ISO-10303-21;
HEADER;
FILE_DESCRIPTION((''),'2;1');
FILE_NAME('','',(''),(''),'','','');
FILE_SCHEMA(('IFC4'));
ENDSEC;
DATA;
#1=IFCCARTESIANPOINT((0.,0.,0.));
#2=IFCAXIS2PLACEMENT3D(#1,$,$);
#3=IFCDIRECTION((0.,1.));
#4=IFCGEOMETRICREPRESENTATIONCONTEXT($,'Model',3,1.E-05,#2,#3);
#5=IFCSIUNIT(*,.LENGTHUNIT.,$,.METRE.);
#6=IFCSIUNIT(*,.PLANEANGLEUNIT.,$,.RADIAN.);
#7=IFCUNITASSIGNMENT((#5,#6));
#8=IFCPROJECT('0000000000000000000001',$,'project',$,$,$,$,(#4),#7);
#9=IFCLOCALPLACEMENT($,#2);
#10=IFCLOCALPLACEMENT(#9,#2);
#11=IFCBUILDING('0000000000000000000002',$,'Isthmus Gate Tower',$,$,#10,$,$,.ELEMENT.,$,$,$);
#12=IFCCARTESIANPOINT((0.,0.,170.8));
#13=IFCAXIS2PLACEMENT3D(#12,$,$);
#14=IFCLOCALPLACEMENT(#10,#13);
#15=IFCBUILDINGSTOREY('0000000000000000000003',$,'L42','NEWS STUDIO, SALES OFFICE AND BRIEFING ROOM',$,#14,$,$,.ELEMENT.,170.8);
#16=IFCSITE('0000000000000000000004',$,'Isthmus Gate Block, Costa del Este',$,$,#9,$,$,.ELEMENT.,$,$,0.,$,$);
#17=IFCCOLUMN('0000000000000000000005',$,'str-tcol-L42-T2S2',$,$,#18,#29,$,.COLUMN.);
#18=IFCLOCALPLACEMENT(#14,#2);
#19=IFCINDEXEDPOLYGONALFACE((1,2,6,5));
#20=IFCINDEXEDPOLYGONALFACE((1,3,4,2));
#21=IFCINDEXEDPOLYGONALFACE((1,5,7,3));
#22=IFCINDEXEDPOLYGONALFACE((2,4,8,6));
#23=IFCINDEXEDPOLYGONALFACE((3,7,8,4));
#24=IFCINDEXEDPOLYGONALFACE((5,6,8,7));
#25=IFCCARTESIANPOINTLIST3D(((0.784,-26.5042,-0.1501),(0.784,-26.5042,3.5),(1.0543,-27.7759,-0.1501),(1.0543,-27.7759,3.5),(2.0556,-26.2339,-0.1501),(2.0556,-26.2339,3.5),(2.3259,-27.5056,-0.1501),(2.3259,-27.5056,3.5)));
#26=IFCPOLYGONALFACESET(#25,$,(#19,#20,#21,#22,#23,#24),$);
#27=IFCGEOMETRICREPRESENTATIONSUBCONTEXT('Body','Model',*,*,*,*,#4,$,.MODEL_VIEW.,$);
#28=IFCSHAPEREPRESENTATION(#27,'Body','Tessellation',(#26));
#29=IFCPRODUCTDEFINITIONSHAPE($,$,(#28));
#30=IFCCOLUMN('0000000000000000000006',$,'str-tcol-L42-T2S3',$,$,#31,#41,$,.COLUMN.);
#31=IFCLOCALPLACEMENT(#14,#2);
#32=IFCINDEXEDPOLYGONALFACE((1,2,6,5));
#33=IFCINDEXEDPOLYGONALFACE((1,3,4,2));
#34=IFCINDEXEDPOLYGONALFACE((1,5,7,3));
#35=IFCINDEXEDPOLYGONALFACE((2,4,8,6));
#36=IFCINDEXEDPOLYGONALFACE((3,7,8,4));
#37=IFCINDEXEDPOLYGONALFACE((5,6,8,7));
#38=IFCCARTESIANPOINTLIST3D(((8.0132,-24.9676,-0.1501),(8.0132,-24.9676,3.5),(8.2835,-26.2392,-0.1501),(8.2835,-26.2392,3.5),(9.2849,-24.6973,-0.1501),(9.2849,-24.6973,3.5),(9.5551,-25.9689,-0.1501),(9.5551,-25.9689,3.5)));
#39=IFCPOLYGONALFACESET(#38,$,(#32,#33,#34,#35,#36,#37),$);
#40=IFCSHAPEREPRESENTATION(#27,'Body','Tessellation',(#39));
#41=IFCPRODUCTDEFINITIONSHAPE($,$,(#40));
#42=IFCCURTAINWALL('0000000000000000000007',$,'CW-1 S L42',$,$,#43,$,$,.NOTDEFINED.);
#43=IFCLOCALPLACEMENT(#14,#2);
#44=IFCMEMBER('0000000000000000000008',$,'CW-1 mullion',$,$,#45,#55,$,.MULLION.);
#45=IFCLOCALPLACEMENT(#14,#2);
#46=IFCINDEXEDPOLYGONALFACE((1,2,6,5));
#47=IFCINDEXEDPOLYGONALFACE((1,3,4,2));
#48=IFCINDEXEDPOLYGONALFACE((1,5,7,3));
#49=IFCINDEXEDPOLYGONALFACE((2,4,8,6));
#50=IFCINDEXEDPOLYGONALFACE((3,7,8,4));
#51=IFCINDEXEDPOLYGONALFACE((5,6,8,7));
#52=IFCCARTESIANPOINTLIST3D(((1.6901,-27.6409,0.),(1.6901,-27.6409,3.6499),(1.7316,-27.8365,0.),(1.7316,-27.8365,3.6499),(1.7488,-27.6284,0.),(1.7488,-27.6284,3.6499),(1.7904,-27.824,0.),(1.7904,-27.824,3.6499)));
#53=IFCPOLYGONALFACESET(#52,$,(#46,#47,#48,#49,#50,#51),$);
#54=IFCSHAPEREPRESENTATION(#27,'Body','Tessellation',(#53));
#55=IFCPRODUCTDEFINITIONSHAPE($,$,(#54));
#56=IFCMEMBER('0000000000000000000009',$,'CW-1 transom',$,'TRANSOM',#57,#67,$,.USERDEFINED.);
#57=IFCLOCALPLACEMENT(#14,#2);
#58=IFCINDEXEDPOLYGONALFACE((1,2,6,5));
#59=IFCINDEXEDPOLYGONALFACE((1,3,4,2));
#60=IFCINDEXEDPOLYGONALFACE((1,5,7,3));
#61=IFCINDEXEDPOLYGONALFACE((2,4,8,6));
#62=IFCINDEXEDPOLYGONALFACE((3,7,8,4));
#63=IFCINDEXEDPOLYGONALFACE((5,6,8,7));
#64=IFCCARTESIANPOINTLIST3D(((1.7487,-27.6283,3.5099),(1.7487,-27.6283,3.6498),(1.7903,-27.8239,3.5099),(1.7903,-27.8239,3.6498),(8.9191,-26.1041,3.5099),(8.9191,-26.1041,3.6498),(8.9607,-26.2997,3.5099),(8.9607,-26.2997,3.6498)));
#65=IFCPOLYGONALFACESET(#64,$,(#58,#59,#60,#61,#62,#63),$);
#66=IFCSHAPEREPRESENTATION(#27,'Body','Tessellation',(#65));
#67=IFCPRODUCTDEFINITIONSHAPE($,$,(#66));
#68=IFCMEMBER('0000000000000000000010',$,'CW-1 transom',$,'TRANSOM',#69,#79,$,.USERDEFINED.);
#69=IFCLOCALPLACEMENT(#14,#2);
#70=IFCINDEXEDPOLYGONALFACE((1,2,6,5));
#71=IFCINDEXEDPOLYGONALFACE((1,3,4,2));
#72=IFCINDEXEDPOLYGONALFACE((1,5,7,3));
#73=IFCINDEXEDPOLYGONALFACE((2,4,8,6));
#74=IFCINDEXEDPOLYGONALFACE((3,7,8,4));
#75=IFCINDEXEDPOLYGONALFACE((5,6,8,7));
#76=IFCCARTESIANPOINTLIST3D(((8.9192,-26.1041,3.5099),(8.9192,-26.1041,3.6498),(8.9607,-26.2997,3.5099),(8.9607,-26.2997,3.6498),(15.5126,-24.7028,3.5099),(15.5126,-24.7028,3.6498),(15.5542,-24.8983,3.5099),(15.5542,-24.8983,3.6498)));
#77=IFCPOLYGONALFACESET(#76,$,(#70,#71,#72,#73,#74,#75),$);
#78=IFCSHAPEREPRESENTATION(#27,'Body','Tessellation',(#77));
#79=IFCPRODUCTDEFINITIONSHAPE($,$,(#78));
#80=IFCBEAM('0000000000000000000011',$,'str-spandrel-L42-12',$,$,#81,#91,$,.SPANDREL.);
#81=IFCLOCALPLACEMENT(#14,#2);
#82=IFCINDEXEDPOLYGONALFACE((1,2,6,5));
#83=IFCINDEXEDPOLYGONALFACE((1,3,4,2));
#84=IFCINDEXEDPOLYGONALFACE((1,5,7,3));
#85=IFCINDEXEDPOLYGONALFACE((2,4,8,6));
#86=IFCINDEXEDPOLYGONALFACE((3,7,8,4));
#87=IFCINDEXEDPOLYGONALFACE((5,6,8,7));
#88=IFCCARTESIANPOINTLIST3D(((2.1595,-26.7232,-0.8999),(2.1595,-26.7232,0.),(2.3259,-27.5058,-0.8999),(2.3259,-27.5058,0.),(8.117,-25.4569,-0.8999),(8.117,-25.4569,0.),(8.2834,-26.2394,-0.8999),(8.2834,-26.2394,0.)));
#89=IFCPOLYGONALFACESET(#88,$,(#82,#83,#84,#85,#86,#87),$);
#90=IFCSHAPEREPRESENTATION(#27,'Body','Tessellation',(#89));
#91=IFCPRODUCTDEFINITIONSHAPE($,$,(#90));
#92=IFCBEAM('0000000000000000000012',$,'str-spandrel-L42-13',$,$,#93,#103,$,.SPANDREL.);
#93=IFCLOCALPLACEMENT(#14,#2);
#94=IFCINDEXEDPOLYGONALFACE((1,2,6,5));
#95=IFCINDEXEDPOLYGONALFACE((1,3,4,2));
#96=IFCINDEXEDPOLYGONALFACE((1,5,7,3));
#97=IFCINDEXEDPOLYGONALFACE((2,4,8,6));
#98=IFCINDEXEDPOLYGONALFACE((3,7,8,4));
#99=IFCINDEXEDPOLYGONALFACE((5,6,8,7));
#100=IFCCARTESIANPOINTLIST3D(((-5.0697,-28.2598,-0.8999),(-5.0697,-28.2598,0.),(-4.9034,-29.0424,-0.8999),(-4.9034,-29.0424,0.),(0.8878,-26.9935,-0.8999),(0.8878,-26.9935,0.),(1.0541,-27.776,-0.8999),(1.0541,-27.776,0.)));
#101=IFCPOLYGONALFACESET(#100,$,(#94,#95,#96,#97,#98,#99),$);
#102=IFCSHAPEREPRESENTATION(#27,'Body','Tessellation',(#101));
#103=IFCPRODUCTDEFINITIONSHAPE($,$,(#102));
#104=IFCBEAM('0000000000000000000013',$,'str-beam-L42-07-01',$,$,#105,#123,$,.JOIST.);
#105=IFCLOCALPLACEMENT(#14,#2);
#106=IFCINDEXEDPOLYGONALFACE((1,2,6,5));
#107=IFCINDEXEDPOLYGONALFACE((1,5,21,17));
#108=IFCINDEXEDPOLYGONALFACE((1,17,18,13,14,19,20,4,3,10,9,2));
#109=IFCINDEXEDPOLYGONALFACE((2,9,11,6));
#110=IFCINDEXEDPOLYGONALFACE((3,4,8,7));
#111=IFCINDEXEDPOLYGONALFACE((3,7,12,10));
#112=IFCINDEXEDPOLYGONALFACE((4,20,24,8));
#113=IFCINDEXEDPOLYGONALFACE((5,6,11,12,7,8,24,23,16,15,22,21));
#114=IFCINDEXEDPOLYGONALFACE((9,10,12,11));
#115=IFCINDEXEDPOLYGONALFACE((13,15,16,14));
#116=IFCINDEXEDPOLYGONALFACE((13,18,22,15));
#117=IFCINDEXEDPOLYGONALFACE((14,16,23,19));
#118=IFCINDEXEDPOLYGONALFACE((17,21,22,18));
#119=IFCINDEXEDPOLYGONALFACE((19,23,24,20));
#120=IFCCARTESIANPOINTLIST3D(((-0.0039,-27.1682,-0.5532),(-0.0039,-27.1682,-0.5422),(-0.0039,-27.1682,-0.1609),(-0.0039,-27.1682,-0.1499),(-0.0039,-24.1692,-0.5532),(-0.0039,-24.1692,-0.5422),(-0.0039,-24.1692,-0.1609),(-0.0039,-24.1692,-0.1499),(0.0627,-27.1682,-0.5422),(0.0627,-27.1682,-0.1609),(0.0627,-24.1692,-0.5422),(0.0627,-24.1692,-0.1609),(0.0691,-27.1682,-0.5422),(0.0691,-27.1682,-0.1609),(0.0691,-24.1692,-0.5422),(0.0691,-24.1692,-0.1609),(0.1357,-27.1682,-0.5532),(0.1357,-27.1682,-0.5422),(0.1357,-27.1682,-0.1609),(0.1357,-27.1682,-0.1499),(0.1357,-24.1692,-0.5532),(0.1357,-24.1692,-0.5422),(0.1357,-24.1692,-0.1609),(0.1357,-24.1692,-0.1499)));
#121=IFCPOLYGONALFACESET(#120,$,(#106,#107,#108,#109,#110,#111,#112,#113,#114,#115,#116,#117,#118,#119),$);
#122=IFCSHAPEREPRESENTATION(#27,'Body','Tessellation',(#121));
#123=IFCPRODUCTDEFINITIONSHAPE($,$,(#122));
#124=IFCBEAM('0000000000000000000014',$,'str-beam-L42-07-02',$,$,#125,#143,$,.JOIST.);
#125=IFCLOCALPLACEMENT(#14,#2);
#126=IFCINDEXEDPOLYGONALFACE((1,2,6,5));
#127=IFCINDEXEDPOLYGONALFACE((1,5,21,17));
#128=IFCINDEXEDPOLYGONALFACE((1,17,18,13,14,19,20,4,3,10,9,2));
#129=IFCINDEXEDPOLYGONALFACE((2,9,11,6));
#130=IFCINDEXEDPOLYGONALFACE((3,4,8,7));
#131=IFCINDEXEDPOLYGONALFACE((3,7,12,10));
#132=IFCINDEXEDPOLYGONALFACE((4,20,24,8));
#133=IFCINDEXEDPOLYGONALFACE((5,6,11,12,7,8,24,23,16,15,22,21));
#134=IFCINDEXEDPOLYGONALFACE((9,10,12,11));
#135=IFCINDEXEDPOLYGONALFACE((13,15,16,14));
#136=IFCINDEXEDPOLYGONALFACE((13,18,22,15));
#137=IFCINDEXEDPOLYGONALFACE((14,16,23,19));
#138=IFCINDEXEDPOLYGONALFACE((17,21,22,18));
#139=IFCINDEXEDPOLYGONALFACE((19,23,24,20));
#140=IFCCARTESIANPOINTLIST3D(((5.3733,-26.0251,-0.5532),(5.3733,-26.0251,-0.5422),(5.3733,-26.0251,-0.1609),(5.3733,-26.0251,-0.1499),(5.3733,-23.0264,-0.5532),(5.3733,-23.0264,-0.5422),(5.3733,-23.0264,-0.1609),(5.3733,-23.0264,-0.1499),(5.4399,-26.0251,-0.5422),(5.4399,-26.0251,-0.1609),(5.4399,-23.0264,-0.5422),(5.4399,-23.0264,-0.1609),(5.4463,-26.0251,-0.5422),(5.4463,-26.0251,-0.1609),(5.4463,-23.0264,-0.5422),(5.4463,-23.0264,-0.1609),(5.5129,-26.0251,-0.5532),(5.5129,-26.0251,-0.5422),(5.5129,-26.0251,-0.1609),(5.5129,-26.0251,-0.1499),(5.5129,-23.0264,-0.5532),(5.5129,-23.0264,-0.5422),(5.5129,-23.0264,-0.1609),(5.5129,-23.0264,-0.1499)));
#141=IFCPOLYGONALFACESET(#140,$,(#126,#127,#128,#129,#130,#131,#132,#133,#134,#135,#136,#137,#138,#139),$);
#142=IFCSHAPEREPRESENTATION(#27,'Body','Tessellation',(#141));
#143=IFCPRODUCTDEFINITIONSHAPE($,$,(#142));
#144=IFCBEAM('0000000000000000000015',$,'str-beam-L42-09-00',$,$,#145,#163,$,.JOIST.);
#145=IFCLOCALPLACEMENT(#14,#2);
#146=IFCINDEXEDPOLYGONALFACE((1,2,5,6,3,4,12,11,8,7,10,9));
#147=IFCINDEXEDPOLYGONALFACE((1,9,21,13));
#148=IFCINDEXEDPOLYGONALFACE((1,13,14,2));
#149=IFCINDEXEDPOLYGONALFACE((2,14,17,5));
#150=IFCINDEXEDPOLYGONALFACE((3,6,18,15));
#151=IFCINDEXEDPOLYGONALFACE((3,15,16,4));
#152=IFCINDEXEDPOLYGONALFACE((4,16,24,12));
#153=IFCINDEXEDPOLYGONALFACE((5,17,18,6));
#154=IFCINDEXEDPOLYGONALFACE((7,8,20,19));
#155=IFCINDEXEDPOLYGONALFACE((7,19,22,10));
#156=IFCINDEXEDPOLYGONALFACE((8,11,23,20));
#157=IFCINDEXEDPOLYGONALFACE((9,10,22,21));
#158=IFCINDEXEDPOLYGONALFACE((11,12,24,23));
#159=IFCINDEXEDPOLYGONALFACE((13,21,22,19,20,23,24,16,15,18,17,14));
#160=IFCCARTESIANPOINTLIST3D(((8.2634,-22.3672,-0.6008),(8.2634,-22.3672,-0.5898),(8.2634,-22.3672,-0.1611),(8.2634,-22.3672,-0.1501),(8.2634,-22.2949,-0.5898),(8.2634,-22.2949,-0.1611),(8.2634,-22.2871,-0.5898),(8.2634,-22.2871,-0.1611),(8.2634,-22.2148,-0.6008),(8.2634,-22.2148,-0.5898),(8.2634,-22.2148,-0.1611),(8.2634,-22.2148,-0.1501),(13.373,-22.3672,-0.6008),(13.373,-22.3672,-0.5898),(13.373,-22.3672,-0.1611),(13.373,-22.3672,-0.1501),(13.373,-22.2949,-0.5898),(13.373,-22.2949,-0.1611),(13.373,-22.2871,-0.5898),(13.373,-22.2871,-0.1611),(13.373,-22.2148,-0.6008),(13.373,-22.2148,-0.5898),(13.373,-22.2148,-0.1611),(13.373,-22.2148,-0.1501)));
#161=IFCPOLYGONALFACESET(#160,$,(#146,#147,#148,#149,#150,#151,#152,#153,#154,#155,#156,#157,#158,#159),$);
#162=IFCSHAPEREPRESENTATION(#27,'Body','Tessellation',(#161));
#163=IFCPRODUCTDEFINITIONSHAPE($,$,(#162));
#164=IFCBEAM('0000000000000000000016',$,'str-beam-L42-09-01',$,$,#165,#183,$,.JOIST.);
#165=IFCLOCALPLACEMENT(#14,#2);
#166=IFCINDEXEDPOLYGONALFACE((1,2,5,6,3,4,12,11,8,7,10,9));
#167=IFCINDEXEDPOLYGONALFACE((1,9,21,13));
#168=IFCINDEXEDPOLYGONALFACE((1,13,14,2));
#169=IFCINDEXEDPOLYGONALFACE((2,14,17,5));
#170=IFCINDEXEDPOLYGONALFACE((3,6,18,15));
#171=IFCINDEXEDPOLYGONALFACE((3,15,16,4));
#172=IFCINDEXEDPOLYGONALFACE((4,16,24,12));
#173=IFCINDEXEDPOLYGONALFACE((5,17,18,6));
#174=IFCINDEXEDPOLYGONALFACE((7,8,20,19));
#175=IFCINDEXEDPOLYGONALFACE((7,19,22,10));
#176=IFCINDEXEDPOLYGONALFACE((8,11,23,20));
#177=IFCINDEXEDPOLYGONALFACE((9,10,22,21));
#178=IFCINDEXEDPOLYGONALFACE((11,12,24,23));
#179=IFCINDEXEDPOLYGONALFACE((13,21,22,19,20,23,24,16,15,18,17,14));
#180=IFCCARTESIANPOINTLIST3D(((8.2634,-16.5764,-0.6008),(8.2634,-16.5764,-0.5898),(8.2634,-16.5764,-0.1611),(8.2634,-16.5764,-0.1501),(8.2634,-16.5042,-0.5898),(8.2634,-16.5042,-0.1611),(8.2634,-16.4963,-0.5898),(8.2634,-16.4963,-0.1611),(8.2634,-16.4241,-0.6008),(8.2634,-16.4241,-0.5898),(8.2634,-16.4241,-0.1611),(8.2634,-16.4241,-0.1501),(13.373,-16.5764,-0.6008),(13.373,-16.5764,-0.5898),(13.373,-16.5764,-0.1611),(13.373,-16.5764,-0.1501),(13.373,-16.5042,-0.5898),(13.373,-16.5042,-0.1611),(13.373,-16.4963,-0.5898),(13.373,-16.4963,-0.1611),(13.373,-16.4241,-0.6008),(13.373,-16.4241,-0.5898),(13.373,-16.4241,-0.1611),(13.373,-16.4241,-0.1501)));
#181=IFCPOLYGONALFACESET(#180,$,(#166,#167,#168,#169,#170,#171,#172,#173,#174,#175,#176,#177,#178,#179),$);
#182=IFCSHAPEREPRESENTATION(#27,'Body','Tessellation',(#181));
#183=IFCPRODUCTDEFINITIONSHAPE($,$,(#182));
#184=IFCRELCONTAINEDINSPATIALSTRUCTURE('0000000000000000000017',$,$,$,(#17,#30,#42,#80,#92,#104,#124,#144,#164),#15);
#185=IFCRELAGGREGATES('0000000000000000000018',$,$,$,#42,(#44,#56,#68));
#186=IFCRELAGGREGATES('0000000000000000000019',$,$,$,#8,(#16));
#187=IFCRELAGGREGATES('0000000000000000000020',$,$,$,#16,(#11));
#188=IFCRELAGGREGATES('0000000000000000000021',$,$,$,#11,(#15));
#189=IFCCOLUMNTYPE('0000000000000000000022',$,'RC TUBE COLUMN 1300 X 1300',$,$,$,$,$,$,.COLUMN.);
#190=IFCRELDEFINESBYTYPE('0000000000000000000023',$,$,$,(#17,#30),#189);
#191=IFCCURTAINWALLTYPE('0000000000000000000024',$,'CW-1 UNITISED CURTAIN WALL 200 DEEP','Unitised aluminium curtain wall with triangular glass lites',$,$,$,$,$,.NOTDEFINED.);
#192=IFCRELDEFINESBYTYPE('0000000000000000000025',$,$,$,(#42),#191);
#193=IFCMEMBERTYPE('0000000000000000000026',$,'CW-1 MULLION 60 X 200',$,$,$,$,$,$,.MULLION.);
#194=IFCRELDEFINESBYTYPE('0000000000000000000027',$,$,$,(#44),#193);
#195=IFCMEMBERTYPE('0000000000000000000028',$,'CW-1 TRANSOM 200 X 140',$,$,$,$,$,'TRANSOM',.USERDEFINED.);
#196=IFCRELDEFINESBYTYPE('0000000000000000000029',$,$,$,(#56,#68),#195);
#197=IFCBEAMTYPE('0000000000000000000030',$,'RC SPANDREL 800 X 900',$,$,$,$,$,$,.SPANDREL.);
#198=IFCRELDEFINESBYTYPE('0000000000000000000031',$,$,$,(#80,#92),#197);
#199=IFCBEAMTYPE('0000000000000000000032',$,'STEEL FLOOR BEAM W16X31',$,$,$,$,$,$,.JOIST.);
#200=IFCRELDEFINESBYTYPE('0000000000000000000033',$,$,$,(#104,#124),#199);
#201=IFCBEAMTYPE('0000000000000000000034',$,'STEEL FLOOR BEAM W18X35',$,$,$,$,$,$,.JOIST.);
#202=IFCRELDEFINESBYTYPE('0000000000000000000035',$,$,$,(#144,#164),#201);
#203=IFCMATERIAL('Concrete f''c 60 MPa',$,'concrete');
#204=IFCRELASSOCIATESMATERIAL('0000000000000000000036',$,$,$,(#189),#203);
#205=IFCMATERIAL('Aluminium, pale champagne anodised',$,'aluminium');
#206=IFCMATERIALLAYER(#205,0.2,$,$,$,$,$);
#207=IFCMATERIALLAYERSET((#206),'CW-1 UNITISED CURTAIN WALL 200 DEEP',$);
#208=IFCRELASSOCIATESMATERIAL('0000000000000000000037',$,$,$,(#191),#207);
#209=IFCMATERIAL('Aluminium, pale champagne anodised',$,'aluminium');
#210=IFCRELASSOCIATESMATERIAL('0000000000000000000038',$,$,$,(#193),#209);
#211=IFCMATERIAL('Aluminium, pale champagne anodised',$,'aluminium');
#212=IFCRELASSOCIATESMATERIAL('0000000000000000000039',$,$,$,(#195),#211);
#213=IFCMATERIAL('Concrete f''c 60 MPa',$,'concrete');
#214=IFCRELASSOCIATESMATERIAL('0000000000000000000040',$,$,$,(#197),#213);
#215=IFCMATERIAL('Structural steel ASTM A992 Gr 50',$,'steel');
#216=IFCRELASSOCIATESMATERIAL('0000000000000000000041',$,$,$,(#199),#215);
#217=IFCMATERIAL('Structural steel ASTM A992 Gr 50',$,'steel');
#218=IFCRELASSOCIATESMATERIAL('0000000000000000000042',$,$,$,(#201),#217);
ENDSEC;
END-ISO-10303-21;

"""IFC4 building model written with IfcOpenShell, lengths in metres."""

from ifc_helpers import new_model, si_unit, direction, frame, origin, origin_2d, place, context, subcontext, project, spatial, rectangle, i_section, extrude, material, layer, layer_set, material_profile, profile_set, type_object, element, aggregate, save


model = new_model("IFC4")

# Units and contexts
model_context = context("Model", 3, precision=1e-05, world=origin(), true_north=direction((0.0, 1.0)))
body_context = subcontext(model_context, "Body", "Model", "MODEL_VIEW")
ifc_project = project(units=[si_unit("LENGTHUNIT", "METRE"), si_unit("PLANEANGLEUNIT", "RADIAN")], contexts=[model_context])

# Site, building, storey
site_placement = place(None, origin())
site = spatial("IfcSite", under=ifc_project, at=site_placement, Name="Isthmus Gate Block, Costa del Este", CompositionType="ELEMENT", RefElevation=0.0)
building_placement = place(site_placement, origin())
building = spatial("IfcBuilding", under=site, at=building_placement, Name="Isthmus Gate Tower", CompositionType="ELEMENT")
storey_placement = place(building_placement, frame((0.0, 0.0, 170.8)))
storey = spatial("IfcBuildingStorey", under=building, at=storey_placement, Name="L42", Description="NEWS STUDIO, SALES OFFICE AND BRIEFING ROOM", CompositionType="ELEMENT", Elevation=170.8)

# Columns
ifc_material_1 = material(Name="Concrete f'c 60 MPa", Category="concrete")
ifc_material_profile_1 = material_profile(ifc_material_1, rectangle(XDim=1.3, YDim=1.3, at=origin_2d()), Name="RC 1300X1300")
ifc_profile_set_1 = profile_set([ifc_material_profile_1], Name="Concrete f'c 60 MPa")
column_type = type_object("IfcColumnType", Name="RC TUBE COLUMN 1300 X 1300", PredefinedType="COLUMN", material=ifc_profile_set_1)
for number, where, z_axis, x_axis, name in (
    (1, (1.5549, -27.0049, -0.1501), (0.0, 0.0, 1.0), (0.978148, 0.207912, 0.0), "str-tcol-L42-T2S2"),
    (2, (8.7842, -25.4683, -0.1501), (0.0, 0.0, 1.0), (0.978148, 0.207912, 0.0), "str-tcol-L42-T2S3"),
):
    element("IfcColumn", number, at=place(storey_placement, frame(where, z_axis=z_axis, x_axis=x_axis)), inside=storey, type_object=column_type, Name=name, PredefinedType="COLUMN", context=body_context, shape_type="SweptSolid", body=[
        extrude(rectangle(XDim=1.3, YDim=1.3, at=origin_2d()), origin(), (0.0, 0.0, 1.0), 3.6501),
    ])

# Curtain wall, members
ifc_material_2 = material(Name="Aluminium, pale champagne anodised", Category="aluminium")
ifc_layer_1 = layer(ifc_material_2, 0.2)
ifc_layer_set_1 = layer_set([ifc_layer_1], Name="CW-1 UNITISED CURTAIN WALL 200 DEEP")
curtain_wall_type = type_object("IfcCurtainWallType", Name="CW-1 UNITISED CURTAIN WALL 200 DEEP", Description="Unitised aluminium curtain wall with triangular glass lites", PredefinedType="NOTDEFINED", material=ifc_layer_set_1)
curtain_wall_placement = place(storey_placement, origin())
curtain_wall = element("IfcCurtainWall", 3, at=curtain_wall_placement, inside=storey, type_object=curtain_wall_type, Name="CW-1 S L42", PredefinedType="NOTDEFINED")
ifc_material_3 = material(Name="Aluminium, pale champagne anodised", Category="aluminium")
ifc_material_profile_2 = material_profile(ifc_material_3, rectangle(XDim=0.0601, YDim=0.2, at=origin_2d()), Name="60x200")
ifc_profile_set_2 = profile_set([ifc_material_profile_2], Name="Aluminium, pale champagne anodised")
member_type_1 = type_object("IfcMemberType", Name="CW-1 MULLION 60 X 200", PredefinedType="MULLION", material=ifc_profile_set_2)
member_1_placement = place(storey_placement, frame((1.7402, -27.7324, 0.0), z_axis=(0.0, 0.0, 1.0), x_axis=(0.978148, 0.207912, 0.0)))
member_1 = element("IfcMember", 4, at=member_1_placement, type_object=member_type_1, Name="CW-1 mullion", PredefinedType="MULLION", context=body_context, shape_type="SweptSolid", body=[
    extrude(rectangle(XDim=0.0601, YDim=0.2, at=origin_2d()), origin(), (0.0, 0.0, 1.0), 3.6499),
])
ifc_material_4 = material(Name="Aluminium, pale champagne anodised", Category="aluminium")
ifc_material_profile_3 = material_profile(ifc_material_4, rectangle(XDim=0.2, YDim=0.1399, at=origin_2d()), Name="200x140")
ifc_profile_set_3 = profile_set([ifc_material_profile_3], Name="Aluminium, pale champagne anodised")
member_type_2 = type_object("IfcMemberType", Name="CW-1 TRANSOM 200 X 140", ElementType="TRANSOM", PredefinedType="USERDEFINED", material=ifc_profile_set_3)
member_2_placement = place(storey_placement, frame((1.7695, -27.7261, 3.5798), z_axis=(0.978146, 0.207919, 0.0), x_axis=(-0.207919, 0.978146, 0.0)))
member_2 = element("IfcMember", 5, at=member_2_placement, type_object=member_type_2, Name="CW-1 transom", ObjectType="TRANSOM", PredefinedType="USERDEFINED", context=body_context, shape_type="SweptSolid", body=[
    extrude(rectangle(XDim=0.2, YDim=0.1399, at=origin_2d()), origin(), (0.0, 0.0, 1.0), 7.3306),
])
member_3_placement = place(storey_placement, frame((8.9399, -26.2019, 3.5798), z_axis=(0.978151, 0.207894, 0.0), x_axis=(-0.207894, 0.978151, 0.0)))
member_3 = element("IfcMember", 6, at=member_3_placement, type_object=member_type_2, Name="CW-1 transom", ObjectType="TRANSOM", PredefinedType="USERDEFINED", context=body_context, shape_type="SweptSolid", body=[
    extrude(rectangle(XDim=0.2, YDim=0.1399, at=origin_2d()), origin(), (0.0, 0.0, 1.0), 6.7407),
])

# Beams
ifc_material_5 = material(Name="Concrete f'c 60 MPa", Category="concrete")
ifc_material_profile_4 = material_profile(ifc_material_5, rectangle(XDim=0.8, YDim=0.8999, at=origin_2d()), Name="RC 800X900")
ifc_profile_set_4 = profile_set([ifc_material_profile_4], Name="Concrete f'c 60 MPa")
beam_type_1 = type_object("IfcBeamType", Name="RC SPANDREL 800 X 900", PredefinedType="SPANDREL", material=ifc_profile_set_4)
for number, where, z_axis, x_axis, name in (
    (7, (8.2002, -25.8481, -0.45), (-0.978146, -0.207919, 0.0), (0.207919, -0.978146, 0.0), "str-spandrel-L42-12"),
    (8, (0.9709, -27.3848, -0.45), (-0.978146, -0.207919, 0.0), (0.207919, -0.978146, 0.0), "str-spandrel-L42-13"),
):
    element("IfcBeam", number, at=place(storey_placement, frame(where, z_axis=z_axis, x_axis=x_axis)), inside=storey, type_object=beam_type_1, Name=name, PredefinedType="SPANDREL", context=body_context, shape_type="SweptSolid", body=[
        extrude(rectangle(XDim=0.8, YDim=0.8999, at=origin_2d()), origin(), (0.0, 0.0, 1.0), 6.0906),
    ])
ifc_material_6 = material(Name="Structural steel ASTM A992 Gr 50", Category="steel")
ifc_material_profile_5 = material_profile(ifc_material_6, i_section(OverallWidth=0.1396, OverallDepth=0.4033, WebThickness=0.0063, FlangeThickness=0.011, at=origin_2d()), Name="W16X31")
ifc_profile_set_5 = profile_set([ifc_material_profile_5], Name="Structural steel ASTM A992 Gr 50")
beam_type_2 = type_object("IfcBeamType", Name="STEEL FLOOR BEAM W16X31", PredefinedType="JOIST", material=ifc_profile_set_5)
beam_1_placement = place(storey_placement, frame((0.0659, -27.1682, -0.3516), z_axis=(0.0, 1.0, 0.0), x_axis=(-1.0, 0.0, 0.0)))
element("IfcBeam", 9, at=beam_1_placement, inside=storey, type_object=beam_type_2, Name="str-beam-L42-07-01", PredefinedType="JOIST", context=body_context, shape_type="SweptSolid", body=[
    extrude(i_section(OverallWidth=0.1396, OverallDepth=0.4033, WebThickness=0.0063, FlangeThickness=0.011, at=origin_2d()), origin(), (0.0, 0.0, 1.0), 2.999),
])
beam_2_placement = place(storey_placement, frame((5.4431, -26.0251, -0.3516), z_axis=(0.0, 1.0, 0.0), x_axis=(-1.0, 0.0, 0.0)))
element("IfcBeam", 10, at=beam_2_placement, inside=storey, type_object=beam_type_2, Name="str-beam-L42-07-02", PredefinedType="JOIST", context=body_context, shape_type="SweptSolid", body=[
    extrude(i_section(OverallWidth=0.1396, OverallDepth=0.4033, WebThickness=0.0063, FlangeThickness=0.011, at=origin_2d()), origin(), (0.0, 0.0, 1.0), 2.9988),
])
ifc_material_7 = material(Name="Structural steel ASTM A992 Gr 50", Category="steel")
ifc_material_profile_6 = material_profile(ifc_material_7, i_section(OverallWidth=0.1523, OverallDepth=0.4507, WebThickness=0.0078, FlangeThickness=0.011, at=origin_2d()), Name="W18X35")
ifc_profile_set_6 = profile_set([ifc_material_profile_6], Name="Structural steel ASTM A992 Gr 50")
beam_type_3 = type_object("IfcBeamType", Name="STEEL FLOOR BEAM W18X35", PredefinedType="JOIST", material=ifc_profile_set_6)
for number, where, z_axis, x_axis, name in (
    (11, (8.2634, -22.291, -0.3755), (1.0, 0.0, 0.0), (0.0, 1.0, 0.0), "str-beam-L42-09-00"),
    (12, (8.2634, -16.5002, -0.3755), (1.0, 0.0, 0.0), (0.0, 1.0, 0.0), "str-beam-L42-09-01"),
):
    element("IfcBeam", number, at=place(storey_placement, frame(where, z_axis=z_axis, x_axis=x_axis)), inside=storey, type_object=beam_type_3, Name=name, PredefinedType="JOIST", context=body_context, shape_type="SweptSolid", body=[
        extrude(i_section(OverallWidth=0.1523, OverallDepth=0.4507, WebThickness=0.0078, FlangeThickness=0.011, at=origin_2d()), origin(), (0.0, 0.0, 1.0), 5.1096),
    ])

aggregate(curtain_wall, [member_1, member_2, member_3])

save(model, "model.ifc")
